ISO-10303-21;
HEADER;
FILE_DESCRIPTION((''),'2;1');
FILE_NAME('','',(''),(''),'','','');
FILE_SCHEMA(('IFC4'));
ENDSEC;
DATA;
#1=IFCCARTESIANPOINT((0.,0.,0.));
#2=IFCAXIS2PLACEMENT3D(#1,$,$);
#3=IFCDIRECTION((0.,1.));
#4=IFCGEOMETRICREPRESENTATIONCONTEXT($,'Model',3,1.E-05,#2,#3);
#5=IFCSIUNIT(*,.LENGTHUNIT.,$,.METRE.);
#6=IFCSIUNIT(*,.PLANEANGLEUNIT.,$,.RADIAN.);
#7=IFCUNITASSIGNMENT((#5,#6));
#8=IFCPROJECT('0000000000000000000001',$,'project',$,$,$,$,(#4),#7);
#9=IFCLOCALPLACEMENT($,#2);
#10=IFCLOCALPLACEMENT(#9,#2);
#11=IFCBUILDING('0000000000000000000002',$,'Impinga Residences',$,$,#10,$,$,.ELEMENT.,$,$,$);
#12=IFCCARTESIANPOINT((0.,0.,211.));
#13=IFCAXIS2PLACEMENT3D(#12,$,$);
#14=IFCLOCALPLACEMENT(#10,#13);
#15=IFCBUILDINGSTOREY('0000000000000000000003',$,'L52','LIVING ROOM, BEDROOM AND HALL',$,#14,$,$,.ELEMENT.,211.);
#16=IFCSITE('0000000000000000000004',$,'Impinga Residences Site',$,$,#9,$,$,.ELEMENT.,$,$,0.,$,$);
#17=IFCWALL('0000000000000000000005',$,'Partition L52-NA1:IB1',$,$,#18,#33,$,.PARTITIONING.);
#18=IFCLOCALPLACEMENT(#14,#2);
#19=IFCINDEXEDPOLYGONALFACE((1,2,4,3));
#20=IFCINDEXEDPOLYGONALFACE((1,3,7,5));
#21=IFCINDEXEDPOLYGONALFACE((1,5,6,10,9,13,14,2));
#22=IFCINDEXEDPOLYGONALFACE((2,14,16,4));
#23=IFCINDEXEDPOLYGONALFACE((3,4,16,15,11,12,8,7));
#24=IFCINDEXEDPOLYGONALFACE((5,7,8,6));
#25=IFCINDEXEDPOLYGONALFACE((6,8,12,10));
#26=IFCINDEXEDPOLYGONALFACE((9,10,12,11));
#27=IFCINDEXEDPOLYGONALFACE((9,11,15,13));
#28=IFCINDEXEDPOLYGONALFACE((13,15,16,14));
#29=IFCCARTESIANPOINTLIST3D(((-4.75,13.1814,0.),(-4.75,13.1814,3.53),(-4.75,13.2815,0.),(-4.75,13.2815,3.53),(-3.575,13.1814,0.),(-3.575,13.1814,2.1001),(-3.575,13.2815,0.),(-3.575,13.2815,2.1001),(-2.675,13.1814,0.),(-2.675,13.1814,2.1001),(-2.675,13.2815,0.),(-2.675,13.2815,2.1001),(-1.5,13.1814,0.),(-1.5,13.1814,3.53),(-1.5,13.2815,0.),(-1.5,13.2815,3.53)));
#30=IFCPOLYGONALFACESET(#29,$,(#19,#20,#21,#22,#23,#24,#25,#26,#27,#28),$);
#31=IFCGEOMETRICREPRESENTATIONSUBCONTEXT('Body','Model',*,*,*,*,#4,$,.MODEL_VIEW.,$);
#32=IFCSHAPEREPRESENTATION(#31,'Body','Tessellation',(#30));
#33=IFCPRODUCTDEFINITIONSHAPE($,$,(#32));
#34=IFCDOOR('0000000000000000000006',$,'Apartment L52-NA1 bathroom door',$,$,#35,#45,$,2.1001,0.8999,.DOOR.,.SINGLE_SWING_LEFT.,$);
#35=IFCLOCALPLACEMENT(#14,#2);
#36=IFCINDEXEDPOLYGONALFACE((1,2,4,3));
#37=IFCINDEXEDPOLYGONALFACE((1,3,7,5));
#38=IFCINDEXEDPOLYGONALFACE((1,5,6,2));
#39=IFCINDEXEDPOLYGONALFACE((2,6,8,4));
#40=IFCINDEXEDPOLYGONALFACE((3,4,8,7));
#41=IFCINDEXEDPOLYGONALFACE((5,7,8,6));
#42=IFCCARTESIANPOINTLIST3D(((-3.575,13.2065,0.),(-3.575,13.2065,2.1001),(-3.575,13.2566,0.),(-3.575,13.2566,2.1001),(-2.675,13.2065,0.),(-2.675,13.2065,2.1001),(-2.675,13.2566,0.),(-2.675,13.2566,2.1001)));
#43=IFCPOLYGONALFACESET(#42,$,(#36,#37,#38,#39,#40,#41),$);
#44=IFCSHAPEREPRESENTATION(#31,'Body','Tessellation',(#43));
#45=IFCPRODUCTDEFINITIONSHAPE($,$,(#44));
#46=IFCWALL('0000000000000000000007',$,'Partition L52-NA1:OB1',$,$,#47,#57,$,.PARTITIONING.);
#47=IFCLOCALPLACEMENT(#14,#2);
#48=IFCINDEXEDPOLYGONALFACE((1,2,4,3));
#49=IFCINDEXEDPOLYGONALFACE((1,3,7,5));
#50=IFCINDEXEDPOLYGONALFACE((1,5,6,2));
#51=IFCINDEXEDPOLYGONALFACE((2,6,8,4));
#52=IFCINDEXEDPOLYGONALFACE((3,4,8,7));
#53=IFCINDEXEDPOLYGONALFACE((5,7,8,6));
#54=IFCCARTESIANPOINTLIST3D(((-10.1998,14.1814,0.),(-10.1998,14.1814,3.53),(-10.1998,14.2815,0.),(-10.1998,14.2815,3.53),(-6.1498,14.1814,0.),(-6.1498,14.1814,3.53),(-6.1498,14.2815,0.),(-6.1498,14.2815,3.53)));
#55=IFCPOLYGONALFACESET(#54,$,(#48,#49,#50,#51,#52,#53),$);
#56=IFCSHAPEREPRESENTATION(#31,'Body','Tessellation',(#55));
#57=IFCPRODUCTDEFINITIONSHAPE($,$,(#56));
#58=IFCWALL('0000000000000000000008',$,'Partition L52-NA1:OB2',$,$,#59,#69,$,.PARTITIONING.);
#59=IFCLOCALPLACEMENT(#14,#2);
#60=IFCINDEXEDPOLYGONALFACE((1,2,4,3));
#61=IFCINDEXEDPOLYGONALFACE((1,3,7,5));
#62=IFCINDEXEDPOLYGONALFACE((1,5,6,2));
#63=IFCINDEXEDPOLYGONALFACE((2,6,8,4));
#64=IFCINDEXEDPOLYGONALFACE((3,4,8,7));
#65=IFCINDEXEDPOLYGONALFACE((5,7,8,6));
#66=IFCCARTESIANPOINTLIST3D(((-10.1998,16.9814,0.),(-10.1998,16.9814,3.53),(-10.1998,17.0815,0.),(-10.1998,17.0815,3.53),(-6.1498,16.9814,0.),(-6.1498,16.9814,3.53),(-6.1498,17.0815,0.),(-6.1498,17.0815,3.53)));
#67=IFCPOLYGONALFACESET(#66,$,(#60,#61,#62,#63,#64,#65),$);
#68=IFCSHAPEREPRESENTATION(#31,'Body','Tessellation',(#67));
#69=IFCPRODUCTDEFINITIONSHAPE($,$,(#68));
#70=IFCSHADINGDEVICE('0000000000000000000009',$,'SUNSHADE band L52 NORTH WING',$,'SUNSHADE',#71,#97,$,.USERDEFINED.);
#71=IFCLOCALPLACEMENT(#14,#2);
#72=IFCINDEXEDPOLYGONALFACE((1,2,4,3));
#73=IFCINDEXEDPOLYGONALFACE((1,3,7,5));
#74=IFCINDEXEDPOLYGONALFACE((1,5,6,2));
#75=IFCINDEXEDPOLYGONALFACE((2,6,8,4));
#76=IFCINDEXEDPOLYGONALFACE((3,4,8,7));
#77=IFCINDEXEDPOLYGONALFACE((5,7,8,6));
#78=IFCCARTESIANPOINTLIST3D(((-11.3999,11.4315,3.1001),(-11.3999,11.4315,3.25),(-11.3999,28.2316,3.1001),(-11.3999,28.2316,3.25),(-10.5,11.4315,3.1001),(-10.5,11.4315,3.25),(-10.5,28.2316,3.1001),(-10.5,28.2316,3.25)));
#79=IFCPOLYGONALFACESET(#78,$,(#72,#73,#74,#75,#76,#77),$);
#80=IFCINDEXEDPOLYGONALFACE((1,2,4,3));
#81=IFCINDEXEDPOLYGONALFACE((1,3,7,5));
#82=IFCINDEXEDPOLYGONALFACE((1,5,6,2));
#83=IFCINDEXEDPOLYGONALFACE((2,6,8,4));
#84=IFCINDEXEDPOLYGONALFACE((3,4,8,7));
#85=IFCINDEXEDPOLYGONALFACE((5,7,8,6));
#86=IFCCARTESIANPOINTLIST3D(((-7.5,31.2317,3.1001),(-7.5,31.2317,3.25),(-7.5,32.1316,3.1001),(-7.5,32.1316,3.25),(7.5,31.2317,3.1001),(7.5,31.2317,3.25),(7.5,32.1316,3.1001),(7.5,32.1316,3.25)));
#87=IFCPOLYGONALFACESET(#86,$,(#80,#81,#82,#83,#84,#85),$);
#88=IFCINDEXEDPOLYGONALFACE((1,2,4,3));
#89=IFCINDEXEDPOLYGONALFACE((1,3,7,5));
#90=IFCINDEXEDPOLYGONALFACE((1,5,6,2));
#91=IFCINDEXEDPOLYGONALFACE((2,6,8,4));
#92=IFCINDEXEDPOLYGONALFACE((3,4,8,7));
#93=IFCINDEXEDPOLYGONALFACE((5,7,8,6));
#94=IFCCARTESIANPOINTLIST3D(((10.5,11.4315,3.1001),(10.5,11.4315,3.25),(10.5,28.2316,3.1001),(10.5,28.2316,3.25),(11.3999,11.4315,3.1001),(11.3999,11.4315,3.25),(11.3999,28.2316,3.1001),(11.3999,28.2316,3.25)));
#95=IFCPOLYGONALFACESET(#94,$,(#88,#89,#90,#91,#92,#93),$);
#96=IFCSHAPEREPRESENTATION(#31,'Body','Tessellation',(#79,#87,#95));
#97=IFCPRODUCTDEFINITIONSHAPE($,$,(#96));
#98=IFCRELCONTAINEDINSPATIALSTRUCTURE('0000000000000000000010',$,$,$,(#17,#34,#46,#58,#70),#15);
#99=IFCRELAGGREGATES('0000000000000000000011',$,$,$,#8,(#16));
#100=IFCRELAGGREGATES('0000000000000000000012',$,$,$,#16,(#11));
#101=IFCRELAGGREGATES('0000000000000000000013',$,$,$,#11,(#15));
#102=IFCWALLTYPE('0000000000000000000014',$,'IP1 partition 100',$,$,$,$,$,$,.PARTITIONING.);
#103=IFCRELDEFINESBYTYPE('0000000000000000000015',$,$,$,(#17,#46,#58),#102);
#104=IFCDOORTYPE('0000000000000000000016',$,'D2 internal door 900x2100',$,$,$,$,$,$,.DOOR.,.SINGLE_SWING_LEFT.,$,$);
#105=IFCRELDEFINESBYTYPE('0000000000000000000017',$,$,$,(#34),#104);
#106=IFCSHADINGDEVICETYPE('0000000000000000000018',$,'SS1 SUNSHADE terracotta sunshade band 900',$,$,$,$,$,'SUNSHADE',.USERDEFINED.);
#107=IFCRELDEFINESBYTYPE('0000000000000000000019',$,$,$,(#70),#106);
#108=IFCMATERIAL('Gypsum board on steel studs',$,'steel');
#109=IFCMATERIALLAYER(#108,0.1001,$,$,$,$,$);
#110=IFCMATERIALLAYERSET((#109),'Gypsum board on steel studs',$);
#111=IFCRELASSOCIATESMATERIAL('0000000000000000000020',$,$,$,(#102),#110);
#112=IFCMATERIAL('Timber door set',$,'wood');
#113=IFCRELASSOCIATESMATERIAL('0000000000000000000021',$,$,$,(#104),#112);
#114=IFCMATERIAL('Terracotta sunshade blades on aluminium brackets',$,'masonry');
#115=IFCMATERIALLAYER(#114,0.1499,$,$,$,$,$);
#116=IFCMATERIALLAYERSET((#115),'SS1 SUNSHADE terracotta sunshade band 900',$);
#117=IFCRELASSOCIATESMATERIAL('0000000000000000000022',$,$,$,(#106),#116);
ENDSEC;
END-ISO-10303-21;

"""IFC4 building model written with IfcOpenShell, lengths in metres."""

from ifc_helpers import new_model, si_unit, direction, frame, frame_2d, origin, origin_2d, place, context, subcontext, project, spatial, rectangle, extrude, material, layer, layer_set, type_object, element, fill, save


model = new_model("IFC4")

# Units and contexts
model_context = context("Model", 3, precision=1e-05, world=origin(), true_north=direction((0.0, 1.0)))
body_context = subcontext(model_context, "Body", "Model", "MODEL_VIEW")
ifc_project = project(units=[si_unit("LENGTHUNIT", "METRE"), si_unit("PLANEANGLEUNIT", "RADIAN")], contexts=[model_context])

# Site, building, storey
site_placement = place(None, origin())
site = spatial("IfcSite", under=ifc_project, at=site_placement, Name="Impinga Residences Site", CompositionType="ELEMENT", RefElevation=0.0)
building_placement = place(site_placement, origin())
building = spatial("IfcBuilding", under=site, at=building_placement, Name="Impinga Residences", CompositionType="ELEMENT")
storey_placement = place(building_placement, frame((0.0, 0.0, 211.0)))
storey = spatial("IfcBuildingStorey", under=building, at=storey_placement, Name="L52", Description="LIVING ROOM, BEDROOM AND HALL", CompositionType="ELEMENT", Elevation=211.0)

# Shared definitions
ifc_material_1 = material(Name="Gypsum board on steel studs", Category="steel")
ifc_layer_1 = layer(ifc_material_1, 0.1001)
ifc_layer_set_1 = layer_set([ifc_layer_1], Name="Gypsum board on steel studs")
wall_type_1 = type_object("IfcWallType", Name="IP1 partition 100", PredefinedType="PARTITIONING", material=ifc_layer_set_1)

# Shared definitions
ifc_material_2 = material(Name="Timber door set", Category="wood")
door_type = type_object("IfcDoorType", Name="D2 internal door 900x2100", OperationType="SINGLE_SWING_LEFT", PredefinedType="DOOR", material=ifc_material_2)

# Wall, opening, door
wall_1_placement = place(storey_placement, frame((-1.5, 13.2314, 0.0), z_axis=(0.0, 0.0, 1.0), x_axis=(-1.0, 0.0, 0.0)))
wall_1 = element("IfcWall", 1, at=wall_1_placement, inside=storey, type_object=wall_type_1, Name="Partition L52-NA1:IB1", PredefinedType="PARTITIONING", context=body_context, shape_type="SweptSolid", body=[
    extrude(rectangle(XDim=3.25, YDim=0.1001, at=frame_2d((1.625, 0.0))), origin(), (0.0, 0.0, 1.0), 3.53),
])
opening_1_placement = place(wall_1_placement, frame((1.175, 0.0, 0.0)))
opening_1 = element("IfcOpeningElement", 2, at=opening_1_placement, cuts=wall_1, PredefinedType="OPENING", context=body_context, shape_type="SweptSolid", body=[
    extrude(rectangle(XDim=0.8999, YDim=2.1001, at=frame_2d((0.45, 1.05))), frame((0.0, 0.0601, 0.0), z_axis=(0.0, -1.0, 0.0), x_axis=(1.0, 0.0, 0.0)), (0.0, 0.0, 1.0), 0.1201),
])
door_1_placement = place(opening_1_placement, origin())
door_1 = element("IfcDoor", 3, at=door_1_placement, inside=storey, type_object=door_type, Name="Apartment L52-NA1 bathroom door", OperationType="SINGLE_SWING_LEFT", OverallHeight=2.1001, OverallWidth=0.8999, PredefinedType="DOOR", context=body_context, shape_type="SweptSolid", body=[
    extrude(rectangle(XDim=0.8999, YDim=2.1001, at=frame_2d((0.45, 1.05))), frame((0.0, 0.0249, 0.0), z_axis=(0.0, -1.0, 0.0), x_axis=(1.0, 0.0, 0.0)), (0.0, 0.0, 1.0), 0.05),
])
fill(opening_1, door_1)

# Walls
for number, where, z_axis, x_axis, name in (
    (4, (-6.1499, 14.2314, 0.0), (0.0, 0.0, 1.0), (-1.0, 0.0, 0.0), "Partition L52-NA1:OB1"),
    (5, (-6.1499, 17.0315, 0.0), (0.0, 0.0, 1.0), (-1.0, 0.0, 0.0), "Partition L52-NA1:OB2"),
):
    element("IfcWall", number, at=place(storey_placement, frame(where, z_axis=z_axis, x_axis=x_axis)), inside=storey, type_object=wall_type_1, Name=name, PredefinedType="PARTITIONING", context=body_context, shape_type="SweptSolid", body=[
        extrude(rectangle(XDim=4.05, YDim=0.1001, at=frame_2d((2.0249, 0.0))), origin(), (0.0, 0.0, 1.0), 3.53),
    ])

# Shading device
ifc_material_3 = material(Name="Terracotta sunshade blades on aluminium brackets", Category="masonry")
ifc_layer_2 = layer(ifc_material_3, 0.1499)
ifc_layer_set_2 = layer_set([ifc_layer_2], Name="SS1 SUNSHADE terracotta sunshade band 900")
shading_device_type = type_object("IfcShadingDeviceType", Name="SS1 SUNSHADE terracotta sunshade band 900", ElementType="SUNSHADE", PredefinedType="USERDEFINED", material=ifc_layer_set_2)
shading_device_placement = place(storey_placement, frame((-10.95, 19.8315, 3.1001), z_axis=(0.0, 0.0, 1.0), x_axis=(0.0, 1.0, 0.0)))
element("IfcShadingDevice", 6, at=shading_device_placement, inside=storey, type_object=shading_device_type, Name="SUNSHADE band L52 NORTH WING", ObjectType="SUNSHADE", PredefinedType="USERDEFINED", context=body_context, shape_type="SweptSolid", body=[
    extrude(rectangle(XDim=16.8, YDim=0.8999, at=origin_2d()), origin(), (0.0, 0.0, 1.0), 0.1499),
    extrude(rectangle(XDim=15.0, YDim=0.8999, at=origin_2d()), frame((11.8501, -10.95, 0.0), z_axis=(0.0, 0.0, 1.0), x_axis=(0.0, -1.0, 0.0)), (0.0, 0.0, 1.0), 0.1499),
    extrude(rectangle(XDim=16.8, YDim=0.8999, at=origin_2d()), frame((0.0, -21.8999, 0.0), z_axis=(0.0, 0.0, 1.0), x_axis=(-1.0, 0.0, 0.0)), (0.0, 0.0, 1.0), 0.1499),
])

save(model, "model.ifc")
